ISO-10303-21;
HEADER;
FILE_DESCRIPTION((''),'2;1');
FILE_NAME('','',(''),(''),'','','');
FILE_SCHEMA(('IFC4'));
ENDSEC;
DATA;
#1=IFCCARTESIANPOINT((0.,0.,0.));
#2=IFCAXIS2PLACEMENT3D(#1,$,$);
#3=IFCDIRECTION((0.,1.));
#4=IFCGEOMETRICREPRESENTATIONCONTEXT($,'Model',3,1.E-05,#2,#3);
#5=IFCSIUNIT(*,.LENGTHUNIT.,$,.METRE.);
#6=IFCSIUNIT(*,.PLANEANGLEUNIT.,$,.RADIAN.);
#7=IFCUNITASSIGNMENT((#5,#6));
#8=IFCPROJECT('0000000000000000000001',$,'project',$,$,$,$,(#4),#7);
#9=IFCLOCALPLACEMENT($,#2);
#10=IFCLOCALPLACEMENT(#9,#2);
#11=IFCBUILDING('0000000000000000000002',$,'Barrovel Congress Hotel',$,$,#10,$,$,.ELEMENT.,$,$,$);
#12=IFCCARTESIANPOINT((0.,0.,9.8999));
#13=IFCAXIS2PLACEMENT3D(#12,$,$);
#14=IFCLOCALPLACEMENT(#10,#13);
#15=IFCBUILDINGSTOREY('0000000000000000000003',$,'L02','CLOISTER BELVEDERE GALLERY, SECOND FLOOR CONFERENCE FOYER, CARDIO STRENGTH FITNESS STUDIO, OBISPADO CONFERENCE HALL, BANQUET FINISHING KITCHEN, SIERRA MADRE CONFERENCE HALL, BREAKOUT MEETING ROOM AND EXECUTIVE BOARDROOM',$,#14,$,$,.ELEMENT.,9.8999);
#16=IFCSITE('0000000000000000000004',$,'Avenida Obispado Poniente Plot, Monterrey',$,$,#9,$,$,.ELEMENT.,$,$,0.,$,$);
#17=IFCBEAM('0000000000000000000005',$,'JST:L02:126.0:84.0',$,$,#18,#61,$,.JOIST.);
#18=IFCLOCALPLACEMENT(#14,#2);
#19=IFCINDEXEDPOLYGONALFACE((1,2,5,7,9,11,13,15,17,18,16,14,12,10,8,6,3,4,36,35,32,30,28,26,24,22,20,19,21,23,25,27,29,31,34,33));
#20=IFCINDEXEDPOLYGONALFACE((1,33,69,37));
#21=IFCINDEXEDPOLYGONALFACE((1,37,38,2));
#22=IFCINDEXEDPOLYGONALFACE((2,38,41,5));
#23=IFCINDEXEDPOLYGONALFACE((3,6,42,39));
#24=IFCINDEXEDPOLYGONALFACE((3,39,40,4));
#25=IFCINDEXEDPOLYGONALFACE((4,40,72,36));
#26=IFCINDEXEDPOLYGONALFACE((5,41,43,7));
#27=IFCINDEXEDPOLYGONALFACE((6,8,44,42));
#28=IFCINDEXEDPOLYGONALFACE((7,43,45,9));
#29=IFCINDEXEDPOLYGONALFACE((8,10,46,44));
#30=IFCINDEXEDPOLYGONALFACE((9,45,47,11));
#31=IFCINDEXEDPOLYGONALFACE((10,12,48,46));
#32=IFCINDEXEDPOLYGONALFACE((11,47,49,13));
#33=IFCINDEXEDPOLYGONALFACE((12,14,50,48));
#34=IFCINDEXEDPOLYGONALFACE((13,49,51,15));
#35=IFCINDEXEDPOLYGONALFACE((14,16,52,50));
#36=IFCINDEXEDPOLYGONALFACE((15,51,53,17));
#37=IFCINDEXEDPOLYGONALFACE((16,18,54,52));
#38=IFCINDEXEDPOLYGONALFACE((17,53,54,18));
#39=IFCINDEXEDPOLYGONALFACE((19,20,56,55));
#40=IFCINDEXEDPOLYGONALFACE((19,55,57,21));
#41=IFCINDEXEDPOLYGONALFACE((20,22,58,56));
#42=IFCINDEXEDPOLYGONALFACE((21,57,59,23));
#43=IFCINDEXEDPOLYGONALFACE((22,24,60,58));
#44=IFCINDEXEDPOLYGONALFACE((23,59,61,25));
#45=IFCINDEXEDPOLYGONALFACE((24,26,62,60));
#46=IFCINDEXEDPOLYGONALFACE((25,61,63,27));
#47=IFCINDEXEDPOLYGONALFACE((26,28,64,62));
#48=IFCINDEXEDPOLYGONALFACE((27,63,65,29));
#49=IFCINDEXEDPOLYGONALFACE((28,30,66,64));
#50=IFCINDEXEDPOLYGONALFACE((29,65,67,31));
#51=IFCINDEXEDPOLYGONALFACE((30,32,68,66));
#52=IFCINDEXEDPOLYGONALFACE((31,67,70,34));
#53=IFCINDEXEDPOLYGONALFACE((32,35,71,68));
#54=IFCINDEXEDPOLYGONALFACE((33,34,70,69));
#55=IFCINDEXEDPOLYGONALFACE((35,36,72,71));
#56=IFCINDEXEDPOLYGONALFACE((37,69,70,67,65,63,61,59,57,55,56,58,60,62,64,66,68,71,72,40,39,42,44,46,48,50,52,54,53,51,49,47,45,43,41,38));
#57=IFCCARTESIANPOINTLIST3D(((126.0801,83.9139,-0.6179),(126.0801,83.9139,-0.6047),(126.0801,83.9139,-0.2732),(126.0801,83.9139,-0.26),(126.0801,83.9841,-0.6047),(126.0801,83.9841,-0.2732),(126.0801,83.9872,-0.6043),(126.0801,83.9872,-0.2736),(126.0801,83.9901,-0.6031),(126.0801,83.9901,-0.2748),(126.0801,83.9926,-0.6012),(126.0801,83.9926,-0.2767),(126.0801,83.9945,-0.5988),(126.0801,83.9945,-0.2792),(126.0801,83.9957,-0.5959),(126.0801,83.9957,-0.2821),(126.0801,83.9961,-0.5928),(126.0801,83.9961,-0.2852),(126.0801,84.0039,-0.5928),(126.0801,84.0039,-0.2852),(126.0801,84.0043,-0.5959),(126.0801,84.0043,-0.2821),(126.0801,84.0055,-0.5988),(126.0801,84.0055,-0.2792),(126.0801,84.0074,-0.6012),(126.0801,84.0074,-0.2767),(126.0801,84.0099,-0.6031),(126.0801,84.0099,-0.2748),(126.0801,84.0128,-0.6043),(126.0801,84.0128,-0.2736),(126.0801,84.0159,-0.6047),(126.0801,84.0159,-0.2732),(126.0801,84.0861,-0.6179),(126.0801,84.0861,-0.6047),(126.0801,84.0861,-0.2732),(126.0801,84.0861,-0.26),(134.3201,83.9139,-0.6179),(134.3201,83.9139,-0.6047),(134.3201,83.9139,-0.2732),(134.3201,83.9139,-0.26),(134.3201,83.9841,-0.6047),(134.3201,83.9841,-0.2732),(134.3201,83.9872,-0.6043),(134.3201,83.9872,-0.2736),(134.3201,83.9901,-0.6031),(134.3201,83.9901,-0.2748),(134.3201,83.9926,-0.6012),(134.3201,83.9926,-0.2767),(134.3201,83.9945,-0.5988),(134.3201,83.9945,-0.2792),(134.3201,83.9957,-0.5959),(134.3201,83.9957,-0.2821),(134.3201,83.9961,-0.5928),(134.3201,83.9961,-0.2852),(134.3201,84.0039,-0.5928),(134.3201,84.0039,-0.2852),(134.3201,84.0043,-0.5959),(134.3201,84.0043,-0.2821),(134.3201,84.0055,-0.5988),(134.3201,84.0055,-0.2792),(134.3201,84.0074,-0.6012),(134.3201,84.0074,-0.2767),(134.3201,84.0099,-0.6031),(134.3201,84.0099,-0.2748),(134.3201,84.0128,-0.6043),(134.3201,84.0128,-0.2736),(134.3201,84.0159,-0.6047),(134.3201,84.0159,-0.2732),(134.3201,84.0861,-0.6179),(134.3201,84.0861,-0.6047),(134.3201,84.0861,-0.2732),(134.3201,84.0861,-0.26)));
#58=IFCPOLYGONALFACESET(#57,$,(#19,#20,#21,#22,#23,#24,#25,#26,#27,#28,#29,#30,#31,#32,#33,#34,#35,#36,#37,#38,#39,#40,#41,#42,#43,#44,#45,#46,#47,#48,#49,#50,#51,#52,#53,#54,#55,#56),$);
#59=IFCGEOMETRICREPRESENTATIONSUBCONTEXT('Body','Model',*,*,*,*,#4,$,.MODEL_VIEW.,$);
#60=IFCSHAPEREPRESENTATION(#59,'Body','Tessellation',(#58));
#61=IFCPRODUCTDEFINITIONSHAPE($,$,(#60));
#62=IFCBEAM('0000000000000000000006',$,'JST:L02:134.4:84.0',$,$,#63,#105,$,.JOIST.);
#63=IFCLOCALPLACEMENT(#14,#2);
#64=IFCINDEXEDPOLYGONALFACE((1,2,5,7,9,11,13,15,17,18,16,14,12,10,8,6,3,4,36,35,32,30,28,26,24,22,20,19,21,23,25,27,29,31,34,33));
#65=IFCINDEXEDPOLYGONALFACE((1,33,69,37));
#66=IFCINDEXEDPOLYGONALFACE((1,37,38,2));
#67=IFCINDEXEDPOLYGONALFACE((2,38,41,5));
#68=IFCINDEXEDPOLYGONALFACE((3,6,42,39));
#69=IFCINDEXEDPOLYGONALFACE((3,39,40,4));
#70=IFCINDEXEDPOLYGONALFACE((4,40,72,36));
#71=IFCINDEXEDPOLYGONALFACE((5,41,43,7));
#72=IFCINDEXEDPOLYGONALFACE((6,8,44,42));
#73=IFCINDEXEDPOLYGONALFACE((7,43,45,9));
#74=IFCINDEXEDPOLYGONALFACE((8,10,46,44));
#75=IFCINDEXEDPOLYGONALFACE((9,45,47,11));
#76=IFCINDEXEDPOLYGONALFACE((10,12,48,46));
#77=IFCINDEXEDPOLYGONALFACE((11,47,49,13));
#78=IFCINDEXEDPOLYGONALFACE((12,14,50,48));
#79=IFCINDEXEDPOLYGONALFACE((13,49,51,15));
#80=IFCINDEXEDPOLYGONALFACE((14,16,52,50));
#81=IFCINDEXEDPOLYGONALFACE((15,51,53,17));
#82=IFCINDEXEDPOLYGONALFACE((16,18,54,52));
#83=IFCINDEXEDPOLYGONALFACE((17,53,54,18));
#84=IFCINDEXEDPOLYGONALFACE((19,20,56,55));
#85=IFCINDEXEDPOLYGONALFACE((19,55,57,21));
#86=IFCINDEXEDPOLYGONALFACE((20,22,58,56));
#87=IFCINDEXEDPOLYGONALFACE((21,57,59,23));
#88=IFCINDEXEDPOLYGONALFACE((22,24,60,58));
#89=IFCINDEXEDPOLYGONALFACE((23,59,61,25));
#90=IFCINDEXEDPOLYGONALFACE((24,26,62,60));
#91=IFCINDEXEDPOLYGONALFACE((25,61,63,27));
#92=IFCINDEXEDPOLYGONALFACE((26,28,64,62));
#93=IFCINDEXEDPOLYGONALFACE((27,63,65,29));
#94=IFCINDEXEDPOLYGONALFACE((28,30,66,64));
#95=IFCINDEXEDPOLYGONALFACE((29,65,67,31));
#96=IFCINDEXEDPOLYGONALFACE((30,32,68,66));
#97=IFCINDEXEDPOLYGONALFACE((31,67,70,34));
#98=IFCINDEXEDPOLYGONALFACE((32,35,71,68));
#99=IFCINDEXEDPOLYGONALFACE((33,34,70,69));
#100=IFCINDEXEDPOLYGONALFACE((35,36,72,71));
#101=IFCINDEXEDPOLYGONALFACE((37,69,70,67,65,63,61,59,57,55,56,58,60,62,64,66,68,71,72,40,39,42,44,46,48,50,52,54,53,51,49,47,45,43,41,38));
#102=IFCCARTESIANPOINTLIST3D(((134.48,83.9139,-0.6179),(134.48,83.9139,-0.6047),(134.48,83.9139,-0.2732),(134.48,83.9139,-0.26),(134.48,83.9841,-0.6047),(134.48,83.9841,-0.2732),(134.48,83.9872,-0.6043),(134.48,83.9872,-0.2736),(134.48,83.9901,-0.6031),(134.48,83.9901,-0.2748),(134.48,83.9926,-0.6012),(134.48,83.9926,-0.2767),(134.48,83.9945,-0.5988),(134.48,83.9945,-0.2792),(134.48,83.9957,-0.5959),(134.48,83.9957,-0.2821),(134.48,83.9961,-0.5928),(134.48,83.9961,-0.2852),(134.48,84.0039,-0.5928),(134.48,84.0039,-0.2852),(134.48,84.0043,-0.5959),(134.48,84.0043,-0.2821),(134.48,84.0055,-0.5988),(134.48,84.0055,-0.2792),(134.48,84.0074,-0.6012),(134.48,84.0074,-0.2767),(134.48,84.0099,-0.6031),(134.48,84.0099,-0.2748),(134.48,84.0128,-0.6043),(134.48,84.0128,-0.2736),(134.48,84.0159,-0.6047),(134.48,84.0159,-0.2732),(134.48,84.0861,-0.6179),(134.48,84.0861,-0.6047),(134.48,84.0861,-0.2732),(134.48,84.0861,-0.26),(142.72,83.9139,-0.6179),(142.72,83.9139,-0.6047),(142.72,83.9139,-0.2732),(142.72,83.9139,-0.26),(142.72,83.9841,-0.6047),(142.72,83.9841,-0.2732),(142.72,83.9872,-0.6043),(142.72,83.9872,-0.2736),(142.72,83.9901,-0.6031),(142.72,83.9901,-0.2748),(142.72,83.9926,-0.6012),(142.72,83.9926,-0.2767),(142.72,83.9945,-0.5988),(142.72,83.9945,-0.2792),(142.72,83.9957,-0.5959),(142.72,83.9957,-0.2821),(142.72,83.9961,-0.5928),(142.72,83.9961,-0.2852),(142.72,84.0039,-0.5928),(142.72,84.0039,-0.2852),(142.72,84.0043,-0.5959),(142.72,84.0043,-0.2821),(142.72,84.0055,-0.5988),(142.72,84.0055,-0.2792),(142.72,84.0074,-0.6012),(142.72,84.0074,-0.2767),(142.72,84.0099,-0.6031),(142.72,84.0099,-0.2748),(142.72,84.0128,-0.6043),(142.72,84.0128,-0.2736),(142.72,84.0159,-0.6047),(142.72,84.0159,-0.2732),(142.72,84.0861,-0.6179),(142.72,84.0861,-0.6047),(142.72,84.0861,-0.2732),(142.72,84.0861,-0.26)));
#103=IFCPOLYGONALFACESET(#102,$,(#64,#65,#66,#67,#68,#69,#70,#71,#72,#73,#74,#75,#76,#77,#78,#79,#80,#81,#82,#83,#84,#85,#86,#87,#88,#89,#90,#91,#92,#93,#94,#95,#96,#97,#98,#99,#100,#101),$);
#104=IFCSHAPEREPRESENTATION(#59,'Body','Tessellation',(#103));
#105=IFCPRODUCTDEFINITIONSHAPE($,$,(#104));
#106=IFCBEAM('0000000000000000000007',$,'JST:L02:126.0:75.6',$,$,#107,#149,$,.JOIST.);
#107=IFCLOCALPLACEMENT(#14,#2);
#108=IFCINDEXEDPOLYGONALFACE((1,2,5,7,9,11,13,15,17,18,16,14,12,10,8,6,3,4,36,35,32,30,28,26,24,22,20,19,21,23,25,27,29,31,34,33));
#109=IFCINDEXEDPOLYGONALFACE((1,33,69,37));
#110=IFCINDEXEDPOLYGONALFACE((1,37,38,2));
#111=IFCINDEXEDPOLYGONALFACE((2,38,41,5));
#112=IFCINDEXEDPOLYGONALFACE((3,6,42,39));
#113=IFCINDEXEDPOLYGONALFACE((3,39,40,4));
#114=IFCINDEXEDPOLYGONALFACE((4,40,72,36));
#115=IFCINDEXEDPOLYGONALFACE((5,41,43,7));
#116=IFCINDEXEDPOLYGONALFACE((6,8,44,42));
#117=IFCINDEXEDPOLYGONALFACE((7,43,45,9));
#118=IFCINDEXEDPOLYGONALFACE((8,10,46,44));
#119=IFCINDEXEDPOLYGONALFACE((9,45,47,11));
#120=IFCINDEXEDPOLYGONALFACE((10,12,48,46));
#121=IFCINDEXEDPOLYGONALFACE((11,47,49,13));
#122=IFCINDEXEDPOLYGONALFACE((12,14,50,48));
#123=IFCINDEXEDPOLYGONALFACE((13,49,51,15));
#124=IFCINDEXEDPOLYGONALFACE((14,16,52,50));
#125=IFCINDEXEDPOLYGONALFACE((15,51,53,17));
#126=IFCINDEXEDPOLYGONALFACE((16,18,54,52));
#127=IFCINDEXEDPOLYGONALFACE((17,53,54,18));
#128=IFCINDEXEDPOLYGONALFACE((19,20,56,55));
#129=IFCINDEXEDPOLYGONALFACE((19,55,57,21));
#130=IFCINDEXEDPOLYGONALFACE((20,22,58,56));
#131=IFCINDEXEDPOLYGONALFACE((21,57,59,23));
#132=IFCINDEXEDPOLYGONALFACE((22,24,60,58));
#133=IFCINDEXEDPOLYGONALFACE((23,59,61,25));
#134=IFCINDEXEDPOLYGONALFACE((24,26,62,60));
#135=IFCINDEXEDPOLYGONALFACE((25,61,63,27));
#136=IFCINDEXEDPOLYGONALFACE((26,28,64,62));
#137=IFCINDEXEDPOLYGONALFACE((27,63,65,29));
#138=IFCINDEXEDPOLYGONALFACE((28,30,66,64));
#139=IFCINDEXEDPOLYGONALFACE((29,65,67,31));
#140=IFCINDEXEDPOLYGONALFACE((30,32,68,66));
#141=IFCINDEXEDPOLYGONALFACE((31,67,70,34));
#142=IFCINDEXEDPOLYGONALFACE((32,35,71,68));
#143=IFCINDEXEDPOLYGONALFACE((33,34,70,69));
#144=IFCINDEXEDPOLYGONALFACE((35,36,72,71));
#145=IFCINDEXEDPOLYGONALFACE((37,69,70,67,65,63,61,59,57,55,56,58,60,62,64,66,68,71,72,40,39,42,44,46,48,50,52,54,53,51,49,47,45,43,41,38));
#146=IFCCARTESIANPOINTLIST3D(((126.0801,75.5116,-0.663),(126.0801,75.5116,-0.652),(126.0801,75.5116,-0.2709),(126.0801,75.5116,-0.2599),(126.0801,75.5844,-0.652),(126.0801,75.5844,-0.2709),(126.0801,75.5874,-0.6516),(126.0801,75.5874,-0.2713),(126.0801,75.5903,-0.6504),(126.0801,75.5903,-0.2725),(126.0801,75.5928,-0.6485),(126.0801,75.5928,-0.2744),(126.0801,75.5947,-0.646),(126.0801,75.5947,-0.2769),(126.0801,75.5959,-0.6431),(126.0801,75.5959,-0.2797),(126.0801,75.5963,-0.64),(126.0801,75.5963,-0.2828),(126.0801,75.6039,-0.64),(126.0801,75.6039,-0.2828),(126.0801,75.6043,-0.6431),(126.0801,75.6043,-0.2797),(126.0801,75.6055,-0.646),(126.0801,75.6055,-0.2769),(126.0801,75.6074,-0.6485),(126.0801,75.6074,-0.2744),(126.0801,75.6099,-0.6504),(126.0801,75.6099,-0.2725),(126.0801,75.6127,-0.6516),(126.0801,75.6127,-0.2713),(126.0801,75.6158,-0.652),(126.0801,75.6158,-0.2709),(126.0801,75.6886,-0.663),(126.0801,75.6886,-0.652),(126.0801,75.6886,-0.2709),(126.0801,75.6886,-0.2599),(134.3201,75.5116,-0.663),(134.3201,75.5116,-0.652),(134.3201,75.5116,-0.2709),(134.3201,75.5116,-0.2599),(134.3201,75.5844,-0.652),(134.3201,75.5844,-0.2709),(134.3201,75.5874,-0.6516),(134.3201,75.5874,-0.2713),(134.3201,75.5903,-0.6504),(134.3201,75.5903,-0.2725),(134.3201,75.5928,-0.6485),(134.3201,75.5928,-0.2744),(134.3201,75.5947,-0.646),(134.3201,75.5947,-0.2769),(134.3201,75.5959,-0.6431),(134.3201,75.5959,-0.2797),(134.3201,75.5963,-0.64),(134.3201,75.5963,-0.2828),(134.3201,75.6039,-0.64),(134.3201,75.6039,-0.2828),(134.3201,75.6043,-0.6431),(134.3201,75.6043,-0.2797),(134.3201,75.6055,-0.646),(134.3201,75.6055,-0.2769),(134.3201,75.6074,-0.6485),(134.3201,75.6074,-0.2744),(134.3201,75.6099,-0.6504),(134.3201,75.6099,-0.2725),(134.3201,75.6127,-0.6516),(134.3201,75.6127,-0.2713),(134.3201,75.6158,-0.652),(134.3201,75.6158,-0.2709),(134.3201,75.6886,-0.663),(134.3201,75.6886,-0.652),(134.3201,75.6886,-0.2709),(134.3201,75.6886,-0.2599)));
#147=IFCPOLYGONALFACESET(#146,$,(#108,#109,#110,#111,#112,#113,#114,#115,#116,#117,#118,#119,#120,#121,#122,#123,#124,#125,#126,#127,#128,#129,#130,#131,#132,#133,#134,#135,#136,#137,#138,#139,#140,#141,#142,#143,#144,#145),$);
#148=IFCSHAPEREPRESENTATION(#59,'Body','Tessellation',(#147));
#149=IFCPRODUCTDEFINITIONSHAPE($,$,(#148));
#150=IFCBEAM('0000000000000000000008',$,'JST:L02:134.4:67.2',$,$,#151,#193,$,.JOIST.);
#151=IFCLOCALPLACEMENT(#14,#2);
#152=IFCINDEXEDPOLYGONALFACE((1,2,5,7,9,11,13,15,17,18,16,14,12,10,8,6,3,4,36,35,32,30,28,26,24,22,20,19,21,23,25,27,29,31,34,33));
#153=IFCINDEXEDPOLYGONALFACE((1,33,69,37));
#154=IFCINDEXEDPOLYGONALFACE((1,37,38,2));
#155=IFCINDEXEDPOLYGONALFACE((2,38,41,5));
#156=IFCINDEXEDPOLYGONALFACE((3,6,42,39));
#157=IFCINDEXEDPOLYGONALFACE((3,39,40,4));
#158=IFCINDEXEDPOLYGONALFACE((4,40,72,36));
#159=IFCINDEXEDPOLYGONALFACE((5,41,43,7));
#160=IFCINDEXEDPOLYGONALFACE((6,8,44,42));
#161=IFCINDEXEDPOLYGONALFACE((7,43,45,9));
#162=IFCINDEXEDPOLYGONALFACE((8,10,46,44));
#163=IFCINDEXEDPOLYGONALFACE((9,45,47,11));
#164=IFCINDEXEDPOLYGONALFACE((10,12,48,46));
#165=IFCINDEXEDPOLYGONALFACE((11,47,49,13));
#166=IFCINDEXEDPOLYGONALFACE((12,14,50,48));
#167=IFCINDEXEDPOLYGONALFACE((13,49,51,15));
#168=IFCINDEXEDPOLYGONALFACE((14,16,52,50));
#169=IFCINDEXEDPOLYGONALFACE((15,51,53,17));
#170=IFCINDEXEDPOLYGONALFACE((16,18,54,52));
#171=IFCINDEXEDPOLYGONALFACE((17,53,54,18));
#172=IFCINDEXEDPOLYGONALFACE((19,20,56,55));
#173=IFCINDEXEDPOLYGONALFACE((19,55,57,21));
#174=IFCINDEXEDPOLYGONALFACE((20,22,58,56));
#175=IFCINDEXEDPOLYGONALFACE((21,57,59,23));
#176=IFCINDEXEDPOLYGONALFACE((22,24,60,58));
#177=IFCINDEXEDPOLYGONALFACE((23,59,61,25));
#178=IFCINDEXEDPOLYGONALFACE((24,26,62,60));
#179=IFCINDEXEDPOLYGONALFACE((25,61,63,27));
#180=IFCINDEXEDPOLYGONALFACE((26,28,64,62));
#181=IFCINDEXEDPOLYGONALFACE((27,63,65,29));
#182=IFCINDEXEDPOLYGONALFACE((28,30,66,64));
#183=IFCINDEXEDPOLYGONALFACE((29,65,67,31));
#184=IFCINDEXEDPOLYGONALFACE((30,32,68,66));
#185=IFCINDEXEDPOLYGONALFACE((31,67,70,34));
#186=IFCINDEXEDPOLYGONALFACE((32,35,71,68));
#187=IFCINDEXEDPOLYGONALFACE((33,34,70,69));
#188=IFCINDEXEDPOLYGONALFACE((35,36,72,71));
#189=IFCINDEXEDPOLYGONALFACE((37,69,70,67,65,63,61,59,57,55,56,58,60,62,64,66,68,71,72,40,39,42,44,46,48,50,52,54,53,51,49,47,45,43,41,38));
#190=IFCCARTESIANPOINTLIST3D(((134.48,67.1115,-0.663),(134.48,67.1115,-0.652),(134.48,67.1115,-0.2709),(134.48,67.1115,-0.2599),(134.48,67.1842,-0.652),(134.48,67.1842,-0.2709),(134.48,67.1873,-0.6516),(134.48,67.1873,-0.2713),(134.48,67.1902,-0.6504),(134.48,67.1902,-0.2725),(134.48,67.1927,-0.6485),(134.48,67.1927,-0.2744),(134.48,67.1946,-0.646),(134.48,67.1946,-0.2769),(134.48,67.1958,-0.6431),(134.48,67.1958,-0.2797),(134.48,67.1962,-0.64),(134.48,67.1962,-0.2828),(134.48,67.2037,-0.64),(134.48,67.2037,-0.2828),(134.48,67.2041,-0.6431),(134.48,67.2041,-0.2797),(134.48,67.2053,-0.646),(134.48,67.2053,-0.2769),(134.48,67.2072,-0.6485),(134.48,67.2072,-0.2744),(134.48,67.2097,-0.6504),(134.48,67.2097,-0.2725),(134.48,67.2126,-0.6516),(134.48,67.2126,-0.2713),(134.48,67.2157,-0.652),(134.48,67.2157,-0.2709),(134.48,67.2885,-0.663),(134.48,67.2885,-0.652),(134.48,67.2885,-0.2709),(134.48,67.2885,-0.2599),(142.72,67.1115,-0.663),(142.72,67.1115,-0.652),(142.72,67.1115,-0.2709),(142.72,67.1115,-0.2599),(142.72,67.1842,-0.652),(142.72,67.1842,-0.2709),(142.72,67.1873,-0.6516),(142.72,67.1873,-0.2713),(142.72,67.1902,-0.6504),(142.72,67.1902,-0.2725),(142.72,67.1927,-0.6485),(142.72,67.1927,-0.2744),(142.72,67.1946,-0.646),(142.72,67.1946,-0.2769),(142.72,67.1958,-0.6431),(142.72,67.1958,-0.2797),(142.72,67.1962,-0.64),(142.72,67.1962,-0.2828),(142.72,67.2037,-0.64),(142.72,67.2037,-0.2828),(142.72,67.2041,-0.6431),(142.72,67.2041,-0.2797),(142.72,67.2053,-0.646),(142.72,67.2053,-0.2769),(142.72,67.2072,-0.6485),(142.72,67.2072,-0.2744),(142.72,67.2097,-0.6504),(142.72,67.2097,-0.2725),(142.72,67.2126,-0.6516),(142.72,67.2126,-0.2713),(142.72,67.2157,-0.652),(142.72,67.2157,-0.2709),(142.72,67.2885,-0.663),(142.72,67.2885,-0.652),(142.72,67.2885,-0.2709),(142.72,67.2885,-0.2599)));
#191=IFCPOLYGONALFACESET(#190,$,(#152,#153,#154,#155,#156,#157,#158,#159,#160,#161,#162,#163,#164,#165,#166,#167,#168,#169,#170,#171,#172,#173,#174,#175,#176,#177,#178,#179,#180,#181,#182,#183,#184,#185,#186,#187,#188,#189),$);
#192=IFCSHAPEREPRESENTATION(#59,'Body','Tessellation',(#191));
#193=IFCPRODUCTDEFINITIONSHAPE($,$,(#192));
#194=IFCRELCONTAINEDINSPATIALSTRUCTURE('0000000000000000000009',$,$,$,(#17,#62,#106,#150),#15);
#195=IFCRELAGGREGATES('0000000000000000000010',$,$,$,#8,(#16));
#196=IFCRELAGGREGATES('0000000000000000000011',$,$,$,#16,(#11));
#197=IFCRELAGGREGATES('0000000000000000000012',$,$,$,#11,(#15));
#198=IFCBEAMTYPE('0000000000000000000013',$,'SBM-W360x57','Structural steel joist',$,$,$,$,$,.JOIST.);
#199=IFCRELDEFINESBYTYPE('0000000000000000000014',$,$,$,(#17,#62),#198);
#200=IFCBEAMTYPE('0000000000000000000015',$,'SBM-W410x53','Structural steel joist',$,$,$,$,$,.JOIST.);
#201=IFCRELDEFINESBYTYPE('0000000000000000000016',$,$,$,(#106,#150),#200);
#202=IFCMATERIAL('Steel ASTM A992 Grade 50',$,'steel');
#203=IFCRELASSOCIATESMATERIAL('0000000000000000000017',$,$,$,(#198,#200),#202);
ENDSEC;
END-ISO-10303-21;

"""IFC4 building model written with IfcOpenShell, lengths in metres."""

from ifc_helpers import new_model, si_unit, direction, frame, origin, origin_2d, place, context, subcontext, project, spatial, i_section, extrude, material, material_profile, profile_set, type_object, element, save


model = new_model("IFC4")

# Units and contexts
model_context = context("Model", 3, precision=1e-05, world=origin(), true_north=direction((0.0, 1.0)))
body_context = subcontext(model_context, "Body", "Model", "MODEL_VIEW")
ifc_project = project(units=[si_unit("LENGTHUNIT", "METRE"), si_unit("PLANEANGLEUNIT", "RADIAN")], contexts=[model_context])

# Site, building, storey
site_placement = place(None, origin())
site = spatial("IfcSite", under=ifc_project, at=site_placement, Name="Avenida Obispado Poniente Plot, Monterrey", CompositionType="ELEMENT", RefElevation=0.0)
building_placement = place(site_placement, origin())
building = spatial("IfcBuilding", under=site, at=building_placement, Name="Barrovel Congress Hotel", CompositionType="ELEMENT")
storey_placement = place(building_placement, frame((0.0, 0.0, 9.8999)))
storey = spatial("IfcBuildingStorey", under=building, at=storey_placement, Name="L02", Description="CLOISTER BELVEDERE GALLERY, SECOND FLOOR CONFERENCE FOYER, CARDIO STRENGTH FITNESS STUDIO, OBISPADO CONFERENCE HALL, BANQUET FINISHING KITCHEN, SIERRA MADRE CONFERENCE HALL, BREAKOUT MEETING ROOM AND EXECUTIVE BOARDROOM", CompositionType="ELEMENT", Elevation=9.8999)

# Beams
ifc_material_1 = material(Name="Steel ASTM A992 Grade 50", Category="steel")
ifc_material_profile_1 = material_profile(ifc_material_1, i_section(OverallWidth=0.1721, OverallDepth=0.3579, WebThickness=0.0078, FlangeThickness=0.0132, FilletRadius=0.012, at=origin_2d()), Name="W360x57")
ifc_profile_set_1 = profile_set([ifc_material_profile_1], Name="Steel ASTM A992 Grade 50")
beam_type_1 = type_object("IfcBeamType", Name="SBM-W360x57", Description="Structural steel joist", PredefinedType="JOIST", material=ifc_profile_set_1)
for number, where, z_axis, x_axis, name in (
    (1, (126.0801, 84.0, -0.439), (1.0, 0.0, 0.0), (0.0, 1.0, 0.0), "JST:L02:126.0:84.0"),
    (2, (134.48, 84.0, -0.439), (1.0, 0.0, 0.0), (0.0, 1.0, 0.0), "JST:L02:134.4:84.0"),
):
    element("IfcBeam", number, at=place(storey_placement, frame(where, z_axis=z_axis, x_axis=x_axis)), inside=storey, type_object=beam_type_1, Name=name, PredefinedType="JOIST", context=body_context, shape_type="SweptSolid", body=[
        extrude(i_section(OverallWidth=0.1721, OverallDepth=0.3579, WebThickness=0.0078, FlangeThickness=0.0132, FilletRadius=0.012, at=origin_2d()), origin(), (0.0, 0.0, 1.0), 8.24),
    ])
ifc_material_profile_2 = material_profile(ifc_material_1, i_section(OverallWidth=0.177, OverallDepth=0.4031, WebThickness=0.0076, FlangeThickness=0.011, FilletRadius=0.012, at=origin_2d()), Name="W410x53")
ifc_profile_set_2 = profile_set([ifc_material_profile_2], Name="Steel ASTM A992 Grade 50")
beam_type_2 = type_object("IfcBeamType", Name="SBM-W410x53", Description="Structural steel joist", PredefinedType="JOIST", material=ifc_profile_set_2)
for number, where, z_axis, x_axis, name in (
    (3, (126.0801, 75.6001, -0.4614), (1.0, 0.0, 0.0), (0.0, 1.0, 0.0), "JST:L02:126.0:75.6"),
    (4, (134.48, 67.2, -0.4614), (1.0, 0.0, 0.0), (0.0, 1.0, 0.0), "JST:L02:134.4:67.2"),
):
    element("IfcBeam", number, at=place(storey_placement, frame(where, z_axis=z_axis, x_axis=x_axis)), inside=storey, type_object=beam_type_2, Name=name, PredefinedType="JOIST", context=body_context, shape_type="SweptSolid", body=[
        extrude(i_section(OverallWidth=0.177, OverallDepth=0.4031, WebThickness=0.0076, FlangeThickness=0.011, FilletRadius=0.012, at=origin_2d()), origin(), (0.0, 0.0, 1.0), 8.24),
    ])

save(model, "model.ifc")
